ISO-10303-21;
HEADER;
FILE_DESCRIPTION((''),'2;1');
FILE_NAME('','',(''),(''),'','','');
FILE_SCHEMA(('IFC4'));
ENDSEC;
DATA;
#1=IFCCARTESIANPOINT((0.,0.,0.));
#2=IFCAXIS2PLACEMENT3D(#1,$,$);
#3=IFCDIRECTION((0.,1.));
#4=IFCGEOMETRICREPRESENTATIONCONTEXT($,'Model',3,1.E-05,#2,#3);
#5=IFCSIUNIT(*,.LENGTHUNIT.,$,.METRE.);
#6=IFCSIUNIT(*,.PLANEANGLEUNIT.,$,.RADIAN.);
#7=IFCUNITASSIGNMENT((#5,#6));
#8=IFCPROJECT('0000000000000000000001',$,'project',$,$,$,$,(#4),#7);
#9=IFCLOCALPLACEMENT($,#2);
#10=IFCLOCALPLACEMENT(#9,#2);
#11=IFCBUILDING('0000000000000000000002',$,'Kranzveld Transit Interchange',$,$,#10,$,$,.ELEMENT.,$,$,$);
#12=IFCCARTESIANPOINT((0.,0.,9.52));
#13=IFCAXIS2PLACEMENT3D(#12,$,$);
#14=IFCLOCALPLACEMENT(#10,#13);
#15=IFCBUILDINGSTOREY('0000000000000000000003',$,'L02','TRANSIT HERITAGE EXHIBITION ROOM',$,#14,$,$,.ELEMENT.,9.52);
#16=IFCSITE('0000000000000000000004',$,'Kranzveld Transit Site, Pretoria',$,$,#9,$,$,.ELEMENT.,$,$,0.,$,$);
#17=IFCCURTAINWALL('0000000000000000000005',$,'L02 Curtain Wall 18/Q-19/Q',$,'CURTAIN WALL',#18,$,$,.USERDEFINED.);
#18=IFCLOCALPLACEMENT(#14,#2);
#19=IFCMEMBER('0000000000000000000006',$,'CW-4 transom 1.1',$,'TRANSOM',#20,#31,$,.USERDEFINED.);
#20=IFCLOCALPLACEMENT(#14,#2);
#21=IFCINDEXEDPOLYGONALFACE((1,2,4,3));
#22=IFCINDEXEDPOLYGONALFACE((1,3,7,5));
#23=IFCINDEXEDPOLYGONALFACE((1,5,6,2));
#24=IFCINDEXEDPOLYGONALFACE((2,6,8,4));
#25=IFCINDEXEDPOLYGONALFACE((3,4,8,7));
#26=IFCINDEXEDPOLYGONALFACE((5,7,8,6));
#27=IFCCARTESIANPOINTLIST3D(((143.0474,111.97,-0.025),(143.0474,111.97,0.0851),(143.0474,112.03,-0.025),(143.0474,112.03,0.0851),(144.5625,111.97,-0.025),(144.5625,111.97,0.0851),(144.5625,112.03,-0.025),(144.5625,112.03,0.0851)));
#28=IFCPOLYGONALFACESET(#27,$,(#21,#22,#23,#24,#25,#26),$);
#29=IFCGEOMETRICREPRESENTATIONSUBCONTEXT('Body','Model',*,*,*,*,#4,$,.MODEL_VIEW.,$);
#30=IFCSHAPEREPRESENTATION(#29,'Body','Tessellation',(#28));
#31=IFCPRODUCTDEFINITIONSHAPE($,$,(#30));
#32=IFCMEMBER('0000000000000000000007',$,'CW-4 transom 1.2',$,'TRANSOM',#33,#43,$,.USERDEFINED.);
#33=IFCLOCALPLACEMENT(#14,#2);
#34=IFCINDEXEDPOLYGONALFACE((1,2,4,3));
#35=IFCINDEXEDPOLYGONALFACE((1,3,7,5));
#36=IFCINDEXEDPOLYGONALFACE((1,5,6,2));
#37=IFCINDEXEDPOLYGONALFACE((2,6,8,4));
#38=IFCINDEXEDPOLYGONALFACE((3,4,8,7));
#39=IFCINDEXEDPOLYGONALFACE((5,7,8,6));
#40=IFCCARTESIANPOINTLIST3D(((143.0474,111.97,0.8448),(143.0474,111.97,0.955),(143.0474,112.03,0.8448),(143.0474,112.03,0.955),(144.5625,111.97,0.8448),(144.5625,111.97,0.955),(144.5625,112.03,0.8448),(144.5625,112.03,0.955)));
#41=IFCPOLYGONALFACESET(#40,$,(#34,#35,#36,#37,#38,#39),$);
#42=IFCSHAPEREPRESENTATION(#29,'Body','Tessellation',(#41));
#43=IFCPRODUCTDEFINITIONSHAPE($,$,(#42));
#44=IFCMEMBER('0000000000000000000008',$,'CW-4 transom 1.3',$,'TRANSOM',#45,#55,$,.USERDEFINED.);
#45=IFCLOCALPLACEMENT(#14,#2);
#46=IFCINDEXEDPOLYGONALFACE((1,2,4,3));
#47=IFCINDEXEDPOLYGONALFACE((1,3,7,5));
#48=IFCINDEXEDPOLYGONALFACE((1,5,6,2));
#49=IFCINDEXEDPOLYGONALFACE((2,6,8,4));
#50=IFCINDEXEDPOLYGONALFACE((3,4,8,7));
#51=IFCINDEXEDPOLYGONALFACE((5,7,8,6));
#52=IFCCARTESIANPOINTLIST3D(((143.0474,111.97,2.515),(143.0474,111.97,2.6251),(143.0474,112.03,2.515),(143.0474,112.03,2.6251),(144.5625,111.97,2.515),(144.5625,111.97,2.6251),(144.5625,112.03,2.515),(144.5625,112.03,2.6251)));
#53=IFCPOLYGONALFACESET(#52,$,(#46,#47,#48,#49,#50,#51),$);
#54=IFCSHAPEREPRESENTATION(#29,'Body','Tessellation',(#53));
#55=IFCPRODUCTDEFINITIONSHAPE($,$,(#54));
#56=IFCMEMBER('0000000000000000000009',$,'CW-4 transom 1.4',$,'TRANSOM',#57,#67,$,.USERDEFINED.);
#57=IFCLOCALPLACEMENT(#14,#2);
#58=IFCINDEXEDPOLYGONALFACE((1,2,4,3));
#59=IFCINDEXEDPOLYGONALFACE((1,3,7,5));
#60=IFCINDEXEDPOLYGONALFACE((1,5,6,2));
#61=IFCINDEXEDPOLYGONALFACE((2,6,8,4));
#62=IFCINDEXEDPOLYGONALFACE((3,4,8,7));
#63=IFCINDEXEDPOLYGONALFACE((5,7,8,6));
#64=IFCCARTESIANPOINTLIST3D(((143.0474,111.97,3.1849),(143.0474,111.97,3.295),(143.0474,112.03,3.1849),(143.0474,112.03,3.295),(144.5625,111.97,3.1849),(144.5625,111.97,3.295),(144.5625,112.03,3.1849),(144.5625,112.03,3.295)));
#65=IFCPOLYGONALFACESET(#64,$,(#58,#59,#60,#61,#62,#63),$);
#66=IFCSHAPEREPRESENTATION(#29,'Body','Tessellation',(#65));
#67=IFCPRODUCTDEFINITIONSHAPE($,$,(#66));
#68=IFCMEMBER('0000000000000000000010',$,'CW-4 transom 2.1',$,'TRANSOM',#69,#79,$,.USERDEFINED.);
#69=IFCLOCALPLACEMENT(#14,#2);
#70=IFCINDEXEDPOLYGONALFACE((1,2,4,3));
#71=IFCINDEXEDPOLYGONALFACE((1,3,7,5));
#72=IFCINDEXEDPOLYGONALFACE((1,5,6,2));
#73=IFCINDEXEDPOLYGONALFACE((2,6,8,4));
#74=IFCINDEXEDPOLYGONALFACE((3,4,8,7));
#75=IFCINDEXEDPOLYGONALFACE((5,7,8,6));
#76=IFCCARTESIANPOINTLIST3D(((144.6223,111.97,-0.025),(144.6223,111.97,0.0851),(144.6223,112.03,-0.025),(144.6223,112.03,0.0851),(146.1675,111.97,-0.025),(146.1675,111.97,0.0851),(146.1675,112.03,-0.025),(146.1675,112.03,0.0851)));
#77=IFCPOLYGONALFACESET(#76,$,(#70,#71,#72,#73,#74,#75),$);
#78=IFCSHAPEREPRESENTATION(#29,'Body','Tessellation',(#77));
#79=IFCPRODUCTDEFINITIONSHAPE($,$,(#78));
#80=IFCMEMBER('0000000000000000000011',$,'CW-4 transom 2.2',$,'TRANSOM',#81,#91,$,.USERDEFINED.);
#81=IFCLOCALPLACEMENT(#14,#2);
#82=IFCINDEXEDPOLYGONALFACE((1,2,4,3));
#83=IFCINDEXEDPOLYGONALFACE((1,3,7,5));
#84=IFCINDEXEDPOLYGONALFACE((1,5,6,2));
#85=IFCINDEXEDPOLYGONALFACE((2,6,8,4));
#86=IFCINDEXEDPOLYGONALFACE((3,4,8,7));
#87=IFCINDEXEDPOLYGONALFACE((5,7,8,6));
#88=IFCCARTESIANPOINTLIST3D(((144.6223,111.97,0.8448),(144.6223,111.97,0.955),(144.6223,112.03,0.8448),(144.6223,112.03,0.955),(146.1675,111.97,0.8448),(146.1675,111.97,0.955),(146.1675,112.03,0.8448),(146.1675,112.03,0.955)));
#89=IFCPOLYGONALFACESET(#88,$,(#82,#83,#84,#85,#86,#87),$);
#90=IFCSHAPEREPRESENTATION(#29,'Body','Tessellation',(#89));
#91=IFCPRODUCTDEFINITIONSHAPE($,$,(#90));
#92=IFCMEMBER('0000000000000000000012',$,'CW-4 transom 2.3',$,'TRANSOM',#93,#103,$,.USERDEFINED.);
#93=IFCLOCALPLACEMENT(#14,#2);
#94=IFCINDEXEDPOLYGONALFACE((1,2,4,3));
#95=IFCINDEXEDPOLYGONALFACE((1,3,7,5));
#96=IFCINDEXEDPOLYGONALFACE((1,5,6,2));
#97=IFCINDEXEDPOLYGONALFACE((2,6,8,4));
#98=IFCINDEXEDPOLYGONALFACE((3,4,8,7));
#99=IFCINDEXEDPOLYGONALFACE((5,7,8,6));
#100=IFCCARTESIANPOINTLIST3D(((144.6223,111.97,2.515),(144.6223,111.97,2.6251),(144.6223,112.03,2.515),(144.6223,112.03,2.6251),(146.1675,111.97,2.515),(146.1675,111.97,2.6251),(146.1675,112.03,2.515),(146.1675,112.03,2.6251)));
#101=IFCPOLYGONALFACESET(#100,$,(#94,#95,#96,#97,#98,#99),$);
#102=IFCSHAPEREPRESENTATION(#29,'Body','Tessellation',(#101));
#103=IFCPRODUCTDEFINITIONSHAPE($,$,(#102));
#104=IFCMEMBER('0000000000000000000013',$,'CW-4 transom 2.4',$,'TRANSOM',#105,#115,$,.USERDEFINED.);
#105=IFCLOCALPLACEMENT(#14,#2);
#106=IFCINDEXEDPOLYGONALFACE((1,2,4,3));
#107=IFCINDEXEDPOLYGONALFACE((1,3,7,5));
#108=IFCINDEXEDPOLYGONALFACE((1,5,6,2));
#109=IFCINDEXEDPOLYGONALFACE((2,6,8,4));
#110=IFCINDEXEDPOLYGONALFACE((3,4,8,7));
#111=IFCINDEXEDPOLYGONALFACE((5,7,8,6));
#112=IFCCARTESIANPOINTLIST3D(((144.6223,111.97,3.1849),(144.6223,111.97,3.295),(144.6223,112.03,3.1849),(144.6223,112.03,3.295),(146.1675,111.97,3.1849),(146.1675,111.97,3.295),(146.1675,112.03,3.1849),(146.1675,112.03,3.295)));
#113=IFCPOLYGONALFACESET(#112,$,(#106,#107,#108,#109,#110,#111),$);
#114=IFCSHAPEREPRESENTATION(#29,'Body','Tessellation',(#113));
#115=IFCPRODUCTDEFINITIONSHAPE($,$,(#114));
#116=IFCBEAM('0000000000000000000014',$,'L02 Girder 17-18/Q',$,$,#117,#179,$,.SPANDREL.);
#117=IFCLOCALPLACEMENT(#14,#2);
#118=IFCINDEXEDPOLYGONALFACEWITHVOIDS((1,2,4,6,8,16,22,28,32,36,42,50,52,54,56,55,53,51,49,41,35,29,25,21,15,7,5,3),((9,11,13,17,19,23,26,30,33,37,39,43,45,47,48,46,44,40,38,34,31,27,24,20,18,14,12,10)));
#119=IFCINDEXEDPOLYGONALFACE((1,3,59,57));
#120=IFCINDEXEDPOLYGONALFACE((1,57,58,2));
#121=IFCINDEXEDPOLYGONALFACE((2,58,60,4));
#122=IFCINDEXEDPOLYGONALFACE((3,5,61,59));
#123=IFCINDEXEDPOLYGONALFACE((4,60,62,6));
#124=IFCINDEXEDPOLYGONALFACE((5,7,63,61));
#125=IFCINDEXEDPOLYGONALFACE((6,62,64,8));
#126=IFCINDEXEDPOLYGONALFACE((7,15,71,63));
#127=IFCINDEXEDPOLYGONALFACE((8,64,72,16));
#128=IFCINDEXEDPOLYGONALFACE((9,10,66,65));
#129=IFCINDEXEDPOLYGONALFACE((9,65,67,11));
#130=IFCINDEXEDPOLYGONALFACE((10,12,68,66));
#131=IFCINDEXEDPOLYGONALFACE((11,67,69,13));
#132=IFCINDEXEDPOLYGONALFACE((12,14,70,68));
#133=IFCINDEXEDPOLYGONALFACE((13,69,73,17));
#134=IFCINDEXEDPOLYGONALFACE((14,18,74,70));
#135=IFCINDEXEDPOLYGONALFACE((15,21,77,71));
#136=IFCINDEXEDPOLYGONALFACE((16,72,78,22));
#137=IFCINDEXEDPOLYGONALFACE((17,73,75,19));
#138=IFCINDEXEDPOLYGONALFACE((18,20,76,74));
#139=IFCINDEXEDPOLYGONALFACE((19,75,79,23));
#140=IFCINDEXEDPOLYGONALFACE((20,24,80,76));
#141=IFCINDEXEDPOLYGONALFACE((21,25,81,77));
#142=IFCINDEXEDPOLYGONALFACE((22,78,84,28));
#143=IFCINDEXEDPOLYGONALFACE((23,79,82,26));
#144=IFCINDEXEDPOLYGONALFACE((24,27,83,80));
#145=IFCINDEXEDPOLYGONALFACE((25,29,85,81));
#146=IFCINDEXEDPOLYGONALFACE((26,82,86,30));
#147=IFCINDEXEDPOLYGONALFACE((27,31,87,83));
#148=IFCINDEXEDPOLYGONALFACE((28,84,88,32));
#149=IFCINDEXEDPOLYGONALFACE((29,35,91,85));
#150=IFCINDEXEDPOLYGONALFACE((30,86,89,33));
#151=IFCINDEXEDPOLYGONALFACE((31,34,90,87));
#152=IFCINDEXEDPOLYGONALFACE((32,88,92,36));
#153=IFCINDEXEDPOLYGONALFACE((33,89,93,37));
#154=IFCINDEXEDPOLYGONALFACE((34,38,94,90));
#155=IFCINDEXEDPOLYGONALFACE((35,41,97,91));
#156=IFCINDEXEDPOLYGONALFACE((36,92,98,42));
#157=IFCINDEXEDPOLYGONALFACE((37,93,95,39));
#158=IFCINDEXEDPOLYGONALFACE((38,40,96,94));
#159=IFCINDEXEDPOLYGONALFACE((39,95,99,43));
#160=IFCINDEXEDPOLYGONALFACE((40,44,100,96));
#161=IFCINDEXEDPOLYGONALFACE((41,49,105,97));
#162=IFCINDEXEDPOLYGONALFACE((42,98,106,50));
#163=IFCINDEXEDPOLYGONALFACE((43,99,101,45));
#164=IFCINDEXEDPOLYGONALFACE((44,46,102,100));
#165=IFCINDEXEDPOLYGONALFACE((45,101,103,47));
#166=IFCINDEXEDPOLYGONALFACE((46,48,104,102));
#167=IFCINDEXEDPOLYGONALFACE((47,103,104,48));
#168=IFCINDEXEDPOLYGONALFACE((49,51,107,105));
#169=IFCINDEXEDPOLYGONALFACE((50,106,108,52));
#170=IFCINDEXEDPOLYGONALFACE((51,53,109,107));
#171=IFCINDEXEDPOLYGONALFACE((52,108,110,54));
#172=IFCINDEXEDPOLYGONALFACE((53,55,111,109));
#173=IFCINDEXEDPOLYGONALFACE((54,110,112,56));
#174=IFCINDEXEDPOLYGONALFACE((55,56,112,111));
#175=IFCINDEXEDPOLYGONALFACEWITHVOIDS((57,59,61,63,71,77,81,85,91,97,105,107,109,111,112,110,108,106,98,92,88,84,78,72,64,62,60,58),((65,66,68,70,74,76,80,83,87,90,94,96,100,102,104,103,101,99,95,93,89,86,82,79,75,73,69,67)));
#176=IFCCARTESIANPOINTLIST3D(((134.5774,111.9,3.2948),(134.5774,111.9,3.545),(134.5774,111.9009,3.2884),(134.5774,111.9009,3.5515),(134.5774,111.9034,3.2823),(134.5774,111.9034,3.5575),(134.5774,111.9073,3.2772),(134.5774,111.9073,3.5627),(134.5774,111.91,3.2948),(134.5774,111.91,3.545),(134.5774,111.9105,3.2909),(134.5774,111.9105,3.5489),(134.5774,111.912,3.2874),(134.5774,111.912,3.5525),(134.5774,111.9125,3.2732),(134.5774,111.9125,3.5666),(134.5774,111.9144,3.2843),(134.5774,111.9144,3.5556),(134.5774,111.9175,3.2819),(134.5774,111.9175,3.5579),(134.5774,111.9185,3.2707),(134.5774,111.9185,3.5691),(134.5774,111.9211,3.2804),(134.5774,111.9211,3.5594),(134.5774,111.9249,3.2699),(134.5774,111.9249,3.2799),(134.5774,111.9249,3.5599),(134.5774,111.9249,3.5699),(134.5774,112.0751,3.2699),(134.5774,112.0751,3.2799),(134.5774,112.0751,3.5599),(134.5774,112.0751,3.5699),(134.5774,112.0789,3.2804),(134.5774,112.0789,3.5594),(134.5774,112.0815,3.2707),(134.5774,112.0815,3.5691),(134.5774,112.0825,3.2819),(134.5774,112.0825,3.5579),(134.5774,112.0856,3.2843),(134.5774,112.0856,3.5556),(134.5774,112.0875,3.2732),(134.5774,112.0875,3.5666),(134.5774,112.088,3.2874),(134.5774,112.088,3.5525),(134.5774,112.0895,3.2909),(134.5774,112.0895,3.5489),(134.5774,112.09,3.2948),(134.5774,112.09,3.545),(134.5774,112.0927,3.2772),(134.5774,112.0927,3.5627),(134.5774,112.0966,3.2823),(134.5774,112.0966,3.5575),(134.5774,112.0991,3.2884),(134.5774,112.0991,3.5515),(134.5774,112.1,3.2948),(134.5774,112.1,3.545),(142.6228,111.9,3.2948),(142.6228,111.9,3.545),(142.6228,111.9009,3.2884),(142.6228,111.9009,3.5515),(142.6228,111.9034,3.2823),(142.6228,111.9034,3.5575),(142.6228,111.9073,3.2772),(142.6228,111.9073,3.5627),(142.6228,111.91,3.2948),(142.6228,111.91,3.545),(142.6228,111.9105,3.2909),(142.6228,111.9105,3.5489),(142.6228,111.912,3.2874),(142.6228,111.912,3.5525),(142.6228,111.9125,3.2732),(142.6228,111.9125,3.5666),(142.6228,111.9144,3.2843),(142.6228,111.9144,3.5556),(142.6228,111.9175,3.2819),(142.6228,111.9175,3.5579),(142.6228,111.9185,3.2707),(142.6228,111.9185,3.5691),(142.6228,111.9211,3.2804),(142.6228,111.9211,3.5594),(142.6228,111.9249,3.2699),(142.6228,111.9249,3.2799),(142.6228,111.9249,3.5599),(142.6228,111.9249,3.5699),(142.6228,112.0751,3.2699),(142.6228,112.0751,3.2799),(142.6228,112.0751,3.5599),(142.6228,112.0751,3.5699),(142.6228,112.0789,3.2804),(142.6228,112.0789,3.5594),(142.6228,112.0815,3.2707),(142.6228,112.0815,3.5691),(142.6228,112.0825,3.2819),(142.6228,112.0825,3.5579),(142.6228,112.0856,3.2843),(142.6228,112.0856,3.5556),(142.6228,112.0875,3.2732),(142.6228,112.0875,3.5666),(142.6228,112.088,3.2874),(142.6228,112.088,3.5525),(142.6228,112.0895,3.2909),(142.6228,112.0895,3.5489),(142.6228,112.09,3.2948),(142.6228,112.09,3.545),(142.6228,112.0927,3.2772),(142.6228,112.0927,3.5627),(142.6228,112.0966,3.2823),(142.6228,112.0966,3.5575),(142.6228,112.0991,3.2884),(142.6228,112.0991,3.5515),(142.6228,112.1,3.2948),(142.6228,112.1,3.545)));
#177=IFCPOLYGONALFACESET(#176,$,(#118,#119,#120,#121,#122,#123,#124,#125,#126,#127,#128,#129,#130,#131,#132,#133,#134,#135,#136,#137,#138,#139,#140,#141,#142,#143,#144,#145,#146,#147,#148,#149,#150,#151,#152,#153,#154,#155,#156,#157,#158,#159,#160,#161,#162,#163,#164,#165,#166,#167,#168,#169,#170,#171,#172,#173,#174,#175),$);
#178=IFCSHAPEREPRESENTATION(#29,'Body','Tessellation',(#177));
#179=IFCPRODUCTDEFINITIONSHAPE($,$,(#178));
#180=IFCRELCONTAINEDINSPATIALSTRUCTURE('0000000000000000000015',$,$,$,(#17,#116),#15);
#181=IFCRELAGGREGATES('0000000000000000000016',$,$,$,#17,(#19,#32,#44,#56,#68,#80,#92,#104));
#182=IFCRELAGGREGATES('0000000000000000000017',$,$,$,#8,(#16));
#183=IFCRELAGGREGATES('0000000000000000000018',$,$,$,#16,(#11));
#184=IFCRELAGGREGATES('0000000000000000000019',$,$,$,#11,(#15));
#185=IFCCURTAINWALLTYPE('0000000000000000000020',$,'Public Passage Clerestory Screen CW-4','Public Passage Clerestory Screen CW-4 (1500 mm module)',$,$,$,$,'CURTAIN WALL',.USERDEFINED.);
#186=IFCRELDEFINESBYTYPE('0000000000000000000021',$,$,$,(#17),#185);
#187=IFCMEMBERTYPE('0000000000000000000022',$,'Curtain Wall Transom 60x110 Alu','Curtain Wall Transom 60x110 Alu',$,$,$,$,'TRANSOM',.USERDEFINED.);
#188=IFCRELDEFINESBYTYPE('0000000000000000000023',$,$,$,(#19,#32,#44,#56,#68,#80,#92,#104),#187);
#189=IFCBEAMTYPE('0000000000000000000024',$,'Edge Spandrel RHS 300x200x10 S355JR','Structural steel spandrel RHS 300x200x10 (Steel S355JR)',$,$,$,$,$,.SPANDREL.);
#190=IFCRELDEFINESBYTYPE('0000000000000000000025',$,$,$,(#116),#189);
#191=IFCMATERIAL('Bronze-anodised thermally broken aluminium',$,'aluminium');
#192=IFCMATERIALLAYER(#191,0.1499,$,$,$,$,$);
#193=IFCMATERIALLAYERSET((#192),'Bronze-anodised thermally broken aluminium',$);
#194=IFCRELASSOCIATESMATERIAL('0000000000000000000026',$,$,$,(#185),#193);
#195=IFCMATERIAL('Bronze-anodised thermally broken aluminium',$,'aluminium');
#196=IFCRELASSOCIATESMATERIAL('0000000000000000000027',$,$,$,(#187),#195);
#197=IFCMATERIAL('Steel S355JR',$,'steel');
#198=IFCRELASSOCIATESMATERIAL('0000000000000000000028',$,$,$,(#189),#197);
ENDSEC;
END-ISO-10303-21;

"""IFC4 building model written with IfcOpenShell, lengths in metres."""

from ifc_helpers import new_model, si_unit, direction, frame, origin, origin_2d, place, context, subcontext, project, spatial, rectangle, hollow_rectangle, extrude, material, layer, layer_set, material_profile, profile_set, type_object, element, aggregate, save


model = new_model("IFC4")

# Units and contexts
model_context = context("Model", 3, precision=1e-05, world=origin(), true_north=direction((0.0, 1.0)))
body_context = subcontext(model_context, "Body", "Model", "MODEL_VIEW")
ifc_project = project(units=[si_unit("LENGTHUNIT", "METRE"), si_unit("PLANEANGLEUNIT", "RADIAN")], contexts=[model_context])

# Site, building, storey
site_placement = place(None, origin())
site = spatial("IfcSite", under=ifc_project, at=site_placement, Name="Kranzveld Transit Site, Pretoria", CompositionType="ELEMENT", RefElevation=0.0)
building_placement = place(site_placement, origin())
building = spatial("IfcBuilding", under=site, at=building_placement, Name="Kranzveld Transit Interchange", CompositionType="ELEMENT")
storey_placement = place(building_placement, frame((0.0, 0.0, 9.52)))
storey = spatial("IfcBuildingStorey", under=building, at=storey_placement, Name="L02", Description="TRANSIT HERITAGE EXHIBITION ROOM", CompositionType="ELEMENT", Elevation=9.52)

# Curtain wall
ifc_material_1 = material(Name="Bronze-anodised thermally broken aluminium", Category="aluminium")
ifc_layer_1 = layer(ifc_material_1, 0.1499)
ifc_layer_set_1 = layer_set([ifc_layer_1], Name="Bronze-anodised thermally broken aluminium")
curtain_wall_type_1 = type_object("IfcCurtainWallType", Name="Public Passage Clerestory Screen CW-4", Description="Public Passage Clerestory Screen CW-4 (1500 mm module)", ElementType="CURTAIN WALL", PredefinedType="USERDEFINED", material=ifc_layer_set_1)
curtain_wall_1_placement = place(storey_placement, origin())
curtain_wall_1 = element("IfcCurtainWall", 1, at=curtain_wall_1_placement, inside=storey, type_object=curtain_wall_type_1, Name="L02 Curtain Wall 18/Q-19/Q", ObjectType="CURTAIN WALL", PredefinedType="USERDEFINED")

# Members
ifc_material_2 = material(Name="Bronze-anodised thermally broken aluminium", Category="aluminium")
ifc_material_profile_1 = material_profile(ifc_material_2, rectangle(XDim=0.0601, YDim=0.1101, at=origin_2d()), Name="ALU TRANSOM 60x110")
ifc_profile_set_1 = profile_set([ifc_material_profile_1], Name="Bronze-anodised thermally broken aluminium")
member_type_1 = type_object("IfcMemberType", Name="Curtain Wall Transom 60x110 Alu", Description="Curtain Wall Transom 60x110 Alu", ElementType="TRANSOM", PredefinedType="USERDEFINED", material=ifc_profile_set_1)
member_1_placement = place(storey_placement, frame((143.0474, 112.0, 0.03), z_axis=(1.0, 0.0, 0.0), x_axis=(0.0, 1.0, 0.0)))
member_1 = element("IfcMember", 2, at=member_1_placement, type_object=member_type_1, Name="CW-4 transom 1.1", ObjectType="TRANSOM", PredefinedType="USERDEFINED", context=body_context, shape_type="SweptSolid", body=[
    extrude(rectangle(XDim=0.0601, YDim=0.1101, at=origin_2d()), origin(), (0.0, 0.0, 1.0), 1.5151),
])
member_2_placement = place(storey_placement, frame((143.0474, 112.0, 0.8999), z_axis=(1.0, 0.0, 0.0), x_axis=(0.0, 1.0, 0.0)))
member_2 = element("IfcMember", 3, at=member_2_placement, type_object=member_type_1, Name="CW-4 transom 1.2", ObjectType="TRANSOM", PredefinedType="USERDEFINED", context=body_context, shape_type="SweptSolid", body=[
    extrude(rectangle(XDim=0.0601, YDim=0.1101, at=origin_2d()), origin(), (0.0, 0.0, 1.0), 1.5151),
])
member_3_placement = place(storey_placement, frame((143.0474, 112.0, 2.5701), z_axis=(1.0, 0.0, 0.0), x_axis=(0.0, 1.0, 0.0)))
member_3 = element("IfcMember", 4, at=member_3_placement, type_object=member_type_1, Name="CW-4 transom 1.3", ObjectType="TRANSOM", PredefinedType="USERDEFINED", context=body_context, shape_type="SweptSolid", body=[
    extrude(rectangle(XDim=0.0601, YDim=0.1101, at=origin_2d()), origin(), (0.0, 0.0, 1.0), 1.5151),
])
member_4_placement = place(storey_placement, frame((143.0474, 112.0, 3.24), z_axis=(1.0, 0.0, 0.0), x_axis=(0.0, 1.0, 0.0)))
member_4 = element("IfcMember", 5, at=member_4_placement, type_object=member_type_1, Name="CW-4 transom 1.4", ObjectType="TRANSOM", PredefinedType="USERDEFINED", context=body_context, shape_type="SweptSolid", body=[
    extrude(rectangle(XDim=0.0601, YDim=0.1101, at=origin_2d()), origin(), (0.0, 0.0, 1.0), 1.5151),
])
member_5_placement = place(storey_placement, frame((144.6223, 112.0, 0.03), z_axis=(1.0, 0.0, 0.0), x_axis=(0.0, 1.0, 0.0)))
member_5 = element("IfcMember", 6, at=member_5_placement, type_object=member_type_1, Name="CW-4 transom 2.1", ObjectType="TRANSOM", PredefinedType="USERDEFINED", context=body_context, shape_type="SweptSolid", body=[
    extrude(rectangle(XDim=0.0601, YDim=0.1101, at=origin_2d()), origin(), (0.0, 0.0, 1.0), 1.5452),
])
member_6_placement = place(storey_placement, frame((144.6223, 112.0, 0.8999), z_axis=(1.0, 0.0, 0.0), x_axis=(0.0, 1.0, 0.0)))
member_6 = element("IfcMember", 7, at=member_6_placement, type_object=member_type_1, Name="CW-4 transom 2.2", ObjectType="TRANSOM", PredefinedType="USERDEFINED", context=body_context, shape_type="SweptSolid", body=[
    extrude(rectangle(XDim=0.0601, YDim=0.1101, at=origin_2d()), origin(), (0.0, 0.0, 1.0), 1.5452),
])
member_7_placement = place(storey_placement, frame((144.6223, 112.0, 2.5701), z_axis=(1.0, 0.0, 0.0), x_axis=(0.0, 1.0, 0.0)))
member_7 = element("IfcMember", 8, at=member_7_placement, type_object=member_type_1, Name="CW-4 transom 2.3", ObjectType="TRANSOM", PredefinedType="USERDEFINED", context=body_context, shape_type="SweptSolid", body=[
    extrude(rectangle(XDim=0.0601, YDim=0.1101, at=origin_2d()), origin(), (0.0, 0.0, 1.0), 1.5452),
])
member_8_placement = place(storey_placement, frame((144.6223, 112.0, 3.24), z_axis=(1.0, 0.0, 0.0), x_axis=(0.0, 1.0, 0.0)))
member_8 = element("IfcMember", 9, at=member_8_placement, type_object=member_type_1, Name="CW-4 transom 2.4", ObjectType="TRANSOM", PredefinedType="USERDEFINED", context=body_context, shape_type="SweptSolid", body=[
    extrude(rectangle(XDim=0.0601, YDim=0.1101, at=origin_2d()), origin(), (0.0, 0.0, 1.0), 1.5452),
])

# Beam
ifc_material_3 = material(Name="Steel S355JR", Category="steel")
ifc_material_profile_2 = material_profile(ifc_material_3, hollow_rectangle(XDim=0.2, YDim=0.3, WallThickness=0.01, InnerFilletRadius=0.0149, OuterFilletRadius=0.0249, at=origin_2d()), Name="RHS 300x200x10")
ifc_profile_set_2 = profile_set([ifc_material_profile_2], Name="Steel S355JR")
beam_type_1 = type_object("IfcBeamType", Name="Edge Spandrel RHS 300x200x10 S355JR", Description="Structural steel spandrel RHS 300x200x10 (Steel S355JR)", PredefinedType="SPANDREL", material=ifc_profile_set_2)
for number, where, z_axis, x_axis, name in (
    (10, (134.5774, 112.0, 3.4199), (1.0, 0.0, 0.0), (0.0, 1.0, 0.0), "L02 Girder 17-18/Q"),
):
    element("IfcBeam", number, at=place(storey_placement, frame(where, z_axis=z_axis, x_axis=x_axis)), inside=storey, type_object=beam_type_1, Name=name, PredefinedType="SPANDREL", context=body_context, shape_type="SweptSolid", body=[
        extrude(hollow_rectangle(XDim=0.2, YDim=0.3, WallThickness=0.01, InnerFilletRadius=0.0149, OuterFilletRadius=0.0249, at=origin_2d()), origin(), (0.0, 0.0, 1.0), 8.0454),
    ])

aggregate(curtain_wall_1, [member_1, member_2, member_3, member_4, member_5, member_6, member_7, member_8])

save(model, "model.ifc")
